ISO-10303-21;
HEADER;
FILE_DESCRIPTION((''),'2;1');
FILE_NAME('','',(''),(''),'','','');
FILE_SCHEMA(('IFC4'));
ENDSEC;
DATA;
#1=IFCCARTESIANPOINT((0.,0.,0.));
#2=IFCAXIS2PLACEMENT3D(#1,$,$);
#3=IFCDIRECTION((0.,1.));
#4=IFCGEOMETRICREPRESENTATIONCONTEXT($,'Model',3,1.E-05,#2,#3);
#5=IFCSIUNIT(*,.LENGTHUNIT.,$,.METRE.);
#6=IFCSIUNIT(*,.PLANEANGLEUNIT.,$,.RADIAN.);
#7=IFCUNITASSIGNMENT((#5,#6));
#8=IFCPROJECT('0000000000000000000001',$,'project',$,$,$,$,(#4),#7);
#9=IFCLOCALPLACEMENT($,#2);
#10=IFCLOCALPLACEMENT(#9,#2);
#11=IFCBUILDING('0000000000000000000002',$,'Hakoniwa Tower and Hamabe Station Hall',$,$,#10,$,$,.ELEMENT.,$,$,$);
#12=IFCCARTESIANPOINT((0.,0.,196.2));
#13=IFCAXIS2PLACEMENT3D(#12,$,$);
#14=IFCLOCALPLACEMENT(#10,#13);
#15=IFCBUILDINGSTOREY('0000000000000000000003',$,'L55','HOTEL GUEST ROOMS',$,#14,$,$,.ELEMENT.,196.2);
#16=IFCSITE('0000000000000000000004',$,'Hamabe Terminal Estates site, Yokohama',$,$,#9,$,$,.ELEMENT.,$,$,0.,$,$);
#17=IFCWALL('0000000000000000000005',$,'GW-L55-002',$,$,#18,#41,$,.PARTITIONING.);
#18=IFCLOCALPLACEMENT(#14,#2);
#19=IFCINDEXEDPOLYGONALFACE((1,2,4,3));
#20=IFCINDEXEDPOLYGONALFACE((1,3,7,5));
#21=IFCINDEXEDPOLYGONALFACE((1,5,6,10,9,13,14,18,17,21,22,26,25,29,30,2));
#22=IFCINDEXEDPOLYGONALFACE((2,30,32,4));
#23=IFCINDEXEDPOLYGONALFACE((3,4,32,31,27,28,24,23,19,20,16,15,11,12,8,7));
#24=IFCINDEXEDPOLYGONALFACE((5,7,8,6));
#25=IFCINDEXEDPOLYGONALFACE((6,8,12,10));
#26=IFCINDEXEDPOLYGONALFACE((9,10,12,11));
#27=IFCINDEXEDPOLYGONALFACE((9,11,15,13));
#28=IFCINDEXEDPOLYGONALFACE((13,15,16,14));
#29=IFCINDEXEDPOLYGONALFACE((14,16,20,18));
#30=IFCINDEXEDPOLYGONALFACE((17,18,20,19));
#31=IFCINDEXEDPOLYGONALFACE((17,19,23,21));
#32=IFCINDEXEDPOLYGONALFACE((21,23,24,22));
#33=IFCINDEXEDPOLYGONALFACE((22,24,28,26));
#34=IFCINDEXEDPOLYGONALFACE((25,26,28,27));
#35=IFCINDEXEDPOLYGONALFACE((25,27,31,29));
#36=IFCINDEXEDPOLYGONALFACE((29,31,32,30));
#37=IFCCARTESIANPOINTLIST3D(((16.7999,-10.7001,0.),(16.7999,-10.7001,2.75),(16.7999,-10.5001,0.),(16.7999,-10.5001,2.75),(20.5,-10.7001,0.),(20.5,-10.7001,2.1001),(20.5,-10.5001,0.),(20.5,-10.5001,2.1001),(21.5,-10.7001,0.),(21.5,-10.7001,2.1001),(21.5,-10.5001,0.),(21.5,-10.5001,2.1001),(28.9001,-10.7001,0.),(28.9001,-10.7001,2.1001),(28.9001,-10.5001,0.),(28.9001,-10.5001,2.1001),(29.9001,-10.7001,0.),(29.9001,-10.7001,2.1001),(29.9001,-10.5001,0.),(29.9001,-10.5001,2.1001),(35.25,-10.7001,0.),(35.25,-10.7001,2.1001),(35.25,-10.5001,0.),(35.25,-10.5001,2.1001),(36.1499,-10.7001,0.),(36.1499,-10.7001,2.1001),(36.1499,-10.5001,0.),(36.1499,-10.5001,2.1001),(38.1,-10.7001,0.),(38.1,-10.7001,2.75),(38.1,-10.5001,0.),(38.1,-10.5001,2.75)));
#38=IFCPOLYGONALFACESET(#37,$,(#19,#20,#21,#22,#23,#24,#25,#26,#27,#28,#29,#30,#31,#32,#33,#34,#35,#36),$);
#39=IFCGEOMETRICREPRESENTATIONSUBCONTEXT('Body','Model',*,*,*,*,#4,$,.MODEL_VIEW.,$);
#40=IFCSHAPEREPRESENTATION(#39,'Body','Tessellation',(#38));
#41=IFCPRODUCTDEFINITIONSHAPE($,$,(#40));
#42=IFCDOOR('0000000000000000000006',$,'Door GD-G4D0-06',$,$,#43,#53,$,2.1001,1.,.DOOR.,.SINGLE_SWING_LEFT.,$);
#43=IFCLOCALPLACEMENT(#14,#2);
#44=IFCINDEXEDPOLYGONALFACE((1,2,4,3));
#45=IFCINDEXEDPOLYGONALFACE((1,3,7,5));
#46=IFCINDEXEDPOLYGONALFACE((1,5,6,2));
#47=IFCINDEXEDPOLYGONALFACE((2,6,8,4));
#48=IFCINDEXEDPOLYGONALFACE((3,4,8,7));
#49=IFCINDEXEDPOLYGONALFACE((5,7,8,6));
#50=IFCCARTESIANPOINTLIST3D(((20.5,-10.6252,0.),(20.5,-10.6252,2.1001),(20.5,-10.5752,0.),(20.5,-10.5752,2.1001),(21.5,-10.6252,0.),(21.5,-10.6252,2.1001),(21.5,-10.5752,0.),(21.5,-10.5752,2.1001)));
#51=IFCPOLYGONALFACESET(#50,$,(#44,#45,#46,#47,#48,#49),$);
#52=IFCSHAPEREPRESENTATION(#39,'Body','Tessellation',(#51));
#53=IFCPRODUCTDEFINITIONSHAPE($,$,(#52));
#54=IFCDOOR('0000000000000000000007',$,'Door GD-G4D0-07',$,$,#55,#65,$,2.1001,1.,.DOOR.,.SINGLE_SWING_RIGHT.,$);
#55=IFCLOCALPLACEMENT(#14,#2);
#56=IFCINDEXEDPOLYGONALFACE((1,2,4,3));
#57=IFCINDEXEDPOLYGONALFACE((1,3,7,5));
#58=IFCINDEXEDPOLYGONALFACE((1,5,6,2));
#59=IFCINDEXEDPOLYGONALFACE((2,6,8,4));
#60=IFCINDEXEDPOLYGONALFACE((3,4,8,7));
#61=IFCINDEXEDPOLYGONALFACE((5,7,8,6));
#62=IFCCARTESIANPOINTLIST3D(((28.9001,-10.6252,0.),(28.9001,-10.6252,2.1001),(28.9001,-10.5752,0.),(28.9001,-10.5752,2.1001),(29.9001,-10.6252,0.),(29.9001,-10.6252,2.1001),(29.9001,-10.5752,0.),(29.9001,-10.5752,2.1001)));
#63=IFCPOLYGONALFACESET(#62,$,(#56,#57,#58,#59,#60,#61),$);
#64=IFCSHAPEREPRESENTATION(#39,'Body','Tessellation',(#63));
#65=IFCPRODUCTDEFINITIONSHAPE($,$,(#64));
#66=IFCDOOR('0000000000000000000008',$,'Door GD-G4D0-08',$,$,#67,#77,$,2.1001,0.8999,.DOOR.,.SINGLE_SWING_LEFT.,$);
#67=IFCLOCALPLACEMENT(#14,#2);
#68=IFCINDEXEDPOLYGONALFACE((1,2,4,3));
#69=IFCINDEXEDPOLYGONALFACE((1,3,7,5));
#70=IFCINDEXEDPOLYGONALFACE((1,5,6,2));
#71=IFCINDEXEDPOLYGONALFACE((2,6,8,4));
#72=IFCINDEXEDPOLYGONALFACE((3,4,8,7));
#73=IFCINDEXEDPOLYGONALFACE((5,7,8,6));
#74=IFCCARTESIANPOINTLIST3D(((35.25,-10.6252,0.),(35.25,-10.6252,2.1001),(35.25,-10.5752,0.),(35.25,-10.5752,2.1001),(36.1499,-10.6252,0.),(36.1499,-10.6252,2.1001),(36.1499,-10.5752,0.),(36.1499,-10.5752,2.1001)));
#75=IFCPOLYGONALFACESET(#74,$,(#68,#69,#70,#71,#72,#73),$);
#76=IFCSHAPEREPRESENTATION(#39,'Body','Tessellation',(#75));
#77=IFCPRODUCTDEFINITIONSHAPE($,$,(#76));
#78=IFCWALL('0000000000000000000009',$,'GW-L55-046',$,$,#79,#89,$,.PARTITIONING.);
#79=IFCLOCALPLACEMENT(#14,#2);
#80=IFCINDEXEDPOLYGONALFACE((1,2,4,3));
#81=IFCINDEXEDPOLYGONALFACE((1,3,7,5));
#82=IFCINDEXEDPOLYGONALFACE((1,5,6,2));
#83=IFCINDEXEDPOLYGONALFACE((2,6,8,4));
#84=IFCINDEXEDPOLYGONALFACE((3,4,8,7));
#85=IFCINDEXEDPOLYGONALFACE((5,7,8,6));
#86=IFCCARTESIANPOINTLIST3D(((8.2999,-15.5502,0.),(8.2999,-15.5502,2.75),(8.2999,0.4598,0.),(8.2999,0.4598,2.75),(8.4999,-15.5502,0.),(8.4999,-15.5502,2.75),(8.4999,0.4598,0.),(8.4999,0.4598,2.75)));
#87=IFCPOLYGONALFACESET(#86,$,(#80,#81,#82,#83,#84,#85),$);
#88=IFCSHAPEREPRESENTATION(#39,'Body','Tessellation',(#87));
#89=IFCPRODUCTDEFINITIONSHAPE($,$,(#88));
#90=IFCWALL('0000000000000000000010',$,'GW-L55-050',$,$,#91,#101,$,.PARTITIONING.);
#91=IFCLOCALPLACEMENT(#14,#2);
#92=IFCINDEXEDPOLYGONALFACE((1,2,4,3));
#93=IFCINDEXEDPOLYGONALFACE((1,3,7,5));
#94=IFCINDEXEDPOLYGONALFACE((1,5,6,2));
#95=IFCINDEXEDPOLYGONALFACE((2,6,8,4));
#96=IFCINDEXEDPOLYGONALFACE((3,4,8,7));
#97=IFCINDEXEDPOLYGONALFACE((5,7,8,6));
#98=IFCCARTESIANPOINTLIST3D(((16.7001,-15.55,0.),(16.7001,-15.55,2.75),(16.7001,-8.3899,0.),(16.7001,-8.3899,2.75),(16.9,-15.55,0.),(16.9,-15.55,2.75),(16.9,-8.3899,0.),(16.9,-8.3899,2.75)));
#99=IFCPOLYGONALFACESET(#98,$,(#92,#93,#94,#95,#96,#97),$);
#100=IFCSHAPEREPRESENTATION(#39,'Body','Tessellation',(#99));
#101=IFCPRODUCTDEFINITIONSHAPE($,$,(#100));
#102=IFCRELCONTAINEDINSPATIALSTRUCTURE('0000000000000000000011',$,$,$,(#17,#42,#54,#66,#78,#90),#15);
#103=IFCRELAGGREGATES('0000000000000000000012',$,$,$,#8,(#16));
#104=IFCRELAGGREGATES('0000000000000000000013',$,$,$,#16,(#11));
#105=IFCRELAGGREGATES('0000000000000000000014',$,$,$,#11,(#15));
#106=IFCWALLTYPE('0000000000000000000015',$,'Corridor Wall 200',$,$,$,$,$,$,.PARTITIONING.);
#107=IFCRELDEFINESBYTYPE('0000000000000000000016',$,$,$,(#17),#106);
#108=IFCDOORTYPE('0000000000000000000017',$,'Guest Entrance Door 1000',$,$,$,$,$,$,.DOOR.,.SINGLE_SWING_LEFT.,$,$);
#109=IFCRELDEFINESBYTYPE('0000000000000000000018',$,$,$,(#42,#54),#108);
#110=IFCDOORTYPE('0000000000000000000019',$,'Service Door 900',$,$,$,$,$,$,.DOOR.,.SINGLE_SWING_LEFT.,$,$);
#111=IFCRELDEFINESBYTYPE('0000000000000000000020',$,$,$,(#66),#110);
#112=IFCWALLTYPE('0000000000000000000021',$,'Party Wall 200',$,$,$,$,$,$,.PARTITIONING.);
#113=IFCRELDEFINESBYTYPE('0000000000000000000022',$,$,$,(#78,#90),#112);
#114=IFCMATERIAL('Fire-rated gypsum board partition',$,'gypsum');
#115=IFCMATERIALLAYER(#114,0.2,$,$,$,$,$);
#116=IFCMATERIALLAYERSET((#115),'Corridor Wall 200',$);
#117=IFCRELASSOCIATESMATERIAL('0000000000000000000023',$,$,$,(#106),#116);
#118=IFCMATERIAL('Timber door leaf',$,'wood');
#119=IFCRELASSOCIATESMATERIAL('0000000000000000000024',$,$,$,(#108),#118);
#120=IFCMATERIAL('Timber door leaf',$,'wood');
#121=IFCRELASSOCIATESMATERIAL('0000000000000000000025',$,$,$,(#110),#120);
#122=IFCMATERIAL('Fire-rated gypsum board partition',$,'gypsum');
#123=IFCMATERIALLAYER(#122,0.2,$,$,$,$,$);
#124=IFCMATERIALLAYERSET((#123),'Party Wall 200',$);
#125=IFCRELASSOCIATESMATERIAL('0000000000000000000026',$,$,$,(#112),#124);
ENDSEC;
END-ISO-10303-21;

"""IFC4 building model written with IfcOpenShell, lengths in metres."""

from ifc_helpers import new_model, si_unit, direction, frame, frame_2d, origin, place, context, subcontext, project, spatial, rectangle, extrude, material, layer, layer_set, type_object, element, fill, save


model = new_model("IFC4")

# Units and contexts
model_context = context("Model", 3, precision=1e-05, world=origin(), true_north=direction((0.0, 1.0)))
body_context = subcontext(model_context, "Body", "Model", "MODEL_VIEW")
ifc_project = project(units=[si_unit("LENGTHUNIT", "METRE"), si_unit("PLANEANGLEUNIT", "RADIAN")], contexts=[model_context])

# Site, building, storey
site_placement = place(None, origin())
site = spatial("IfcSite", under=ifc_project, at=site_placement, Name="Hamabe Terminal Estates site, Yokohama", CompositionType="ELEMENT", RefElevation=0.0)
building_placement = place(site_placement, origin())
building = spatial("IfcBuilding", under=site, at=building_placement, Name="Hakoniwa Tower and Hamabe Station Hall", CompositionType="ELEMENT")
storey_placement = place(building_placement, frame((0.0, 0.0, 196.2)))
storey = spatial("IfcBuildingStorey", under=building, at=storey_placement, Name="L55", Description="HOTEL GUEST ROOMS", CompositionType="ELEMENT", Elevation=196.2)

# Wall, openings, doors
ifc_material_1 = material(Name="Fire-rated gypsum board partition", Category="gypsum")
ifc_layer_1 = layer(ifc_material_1, 0.2)
ifc_layer_set_1 = layer_set([ifc_layer_1], Name="Corridor Wall 200")
wall_type_1 = type_object("IfcWallType", Name="Corridor Wall 200", PredefinedType="PARTITIONING", material=ifc_layer_set_1)
wall_1_placement = place(storey_placement, frame((16.8, -10.6001, 0.0), z_axis=(0.0, 0.0, 1.0), x_axis=(1.0, 0.0, 0.0)))
wall_1 = element("IfcWall", 1, at=wall_1_placement, inside=storey, type_object=wall_type_1, Name="GW-L55-002", PredefinedType="PARTITIONING", context=body_context, shape_type="SweptSolid", body=[
    extrude(rectangle(XDim=21.3, YDim=0.2, at=frame_2d((10.6499, 0.0))), origin(), (0.0, 0.0, 1.0), 2.75),
])
opening_1_placement = place(wall_1_placement, frame((3.7, 0.0, 0.0)))
opening_1 = element("IfcOpeningElement", 2, at=opening_1_placement, cuts=wall_1, PredefinedType="OPENING", context=body_context, shape_type="SweptSolid", body=[
    extrude(rectangle(XDim=1.0, YDim=2.1001, at=frame_2d((0.5, 1.05))), frame((0.0, 0.1099, 0.0), z_axis=(0.0, -1.0, 0.0), x_axis=(1.0, 0.0, 0.0)), (0.0, 0.0, 1.0), 0.22),
])
opening_2_placement = place(wall_1_placement, frame((12.1001, 0.0, 0.0)))
opening_2 = element("IfcOpeningElement", 3, at=opening_2_placement, cuts=wall_1, PredefinedType="OPENING", context=body_context, shape_type="SweptSolid", body=[
    extrude(rectangle(XDim=1.0, YDim=2.1001, at=frame_2d((0.5, 1.05))), frame((0.0, 0.1099, 0.0), z_axis=(0.0, -1.0, 0.0), x_axis=(1.0, 0.0, 0.0)), (0.0, 0.0, 1.0), 0.22),
])
opening_3_placement = place(wall_1_placement, frame((18.45, 0.0, 0.0)))
opening_3 = element("IfcOpeningElement", 4, at=opening_3_placement, cuts=wall_1, PredefinedType="OPENING", context=body_context, shape_type="SweptSolid", body=[
    extrude(rectangle(XDim=0.8999, YDim=2.1001, at=frame_2d((0.45, 1.05))), frame((0.0, 0.1099, 0.0), z_axis=(0.0, -1.0, 0.0), x_axis=(1.0, 0.0, 0.0)), (0.0, 0.0, 1.0), 0.22),
])
ifc_material_2 = material(Name="Timber door leaf", Category="wood")
door_type_1 = type_object("IfcDoorType", Name="Guest Entrance Door 1000", OperationType="SINGLE_SWING_LEFT", PredefinedType="DOOR", material=ifc_material_2)
door_1_placement = place(opening_1_placement, origin())
door_1 = element("IfcDoor", 5, at=door_1_placement, inside=storey, type_object=door_type_1, Name="Door GD-G4D0-06", OperationType="SINGLE_SWING_LEFT", OverallHeight=2.1001, OverallWidth=1.0, PredefinedType="DOOR", context=body_context, shape_type="SweptSolid", body=[
    extrude(rectangle(XDim=1.0, YDim=2.1001, at=frame_2d((0.5, 1.05))), frame((0.0, 0.0249, 0.0), z_axis=(0.0, -1.0, 0.0), x_axis=(1.0, 0.0, 0.0)), (0.0, 0.0, 1.0), 0.05),
])
fill(opening_1, door_1)
door_2_placement = place(opening_2_placement, origin())
door_2 = element("IfcDoor", 6, at=door_2_placement, inside=storey, type_object=door_type_1, Name="Door GD-G4D0-07", OperationType="SINGLE_SWING_RIGHT", OverallHeight=2.1001, OverallWidth=1.0, PredefinedType="DOOR", context=body_context, shape_type="SweptSolid", body=[
    extrude(rectangle(XDim=1.0, YDim=2.1001, at=frame_2d((0.5, 1.05))), frame((0.0, 0.0249, 0.0), z_axis=(0.0, -1.0, 0.0), x_axis=(1.0, 0.0, 0.0)), (0.0, 0.0, 1.0), 0.05),
])
fill(opening_2, door_2)
ifc_material_3 = material(Name="Timber door leaf", Category="wood")
door_type_2 = type_object("IfcDoorType", Name="Service Door 900", OperationType="SINGLE_SWING_LEFT", PredefinedType="DOOR", material=ifc_material_3)
door_3_placement = place(opening_3_placement, origin())
door_3 = element("IfcDoor", 7, at=door_3_placement, inside=storey, type_object=door_type_2, Name="Door GD-G4D0-08", OperationType="SINGLE_SWING_LEFT", OverallHeight=2.1001, OverallWidth=0.8999, PredefinedType="DOOR", context=body_context, shape_type="SweptSolid", body=[
    extrude(rectangle(XDim=0.8999, YDim=2.1001, at=frame_2d((0.45, 1.05))), frame((0.0, 0.0249, 0.0), z_axis=(0.0, -1.0, 0.0), x_axis=(1.0, 0.0, 0.0)), (0.0, 0.0, 1.0), 0.05),
])
fill(opening_3, door_3)

# Walls
ifc_material_4 = material(Name="Fire-rated gypsum board partition", Category="gypsum")
ifc_layer_2 = layer(ifc_material_4, 0.2)
ifc_layer_set_2 = layer_set([ifc_layer_2], Name="Party Wall 200")
wall_type_2 = type_object("IfcWallType", Name="Party Wall 200", PredefinedType="PARTITIONING", material=ifc_layer_set_2)
wall_2_placement = place(storey_placement, frame((8.3999, -15.55, 0.0), z_axis=(0.0, 0.0, 1.0), x_axis=(0.0, 1.0, 0.0)))
element("IfcWall", 8, at=wall_2_placement, inside=storey, type_object=wall_type_2, Name="GW-L55-046", PredefinedType="PARTITIONING", context=body_context, shape_type="SweptSolid", body=[
    extrude(rectangle(XDim=16.01, YDim=0.2, at=frame_2d((8.0049, 0.0))), origin(), (0.0, 0.0, 1.0), 2.75),
])
wall_3_placement = place(storey_placement, frame((16.8, -15.55, 0.0), z_axis=(0.0, 0.0, 1.0), x_axis=(0.0, 1.0, 0.0)))
element("IfcWall", 9, at=wall_3_placement, inside=storey, type_object=wall_type_2, Name="GW-L55-050", PredefinedType="PARTITIONING", context=body_context, shape_type="SweptSolid", body=[
    extrude(rectangle(XDim=7.1602, YDim=0.2, at=frame_2d((3.5801, 0.0))), origin(), (0.0, 0.0, 1.0), 2.75),
])

save(model, "model.ifc")
